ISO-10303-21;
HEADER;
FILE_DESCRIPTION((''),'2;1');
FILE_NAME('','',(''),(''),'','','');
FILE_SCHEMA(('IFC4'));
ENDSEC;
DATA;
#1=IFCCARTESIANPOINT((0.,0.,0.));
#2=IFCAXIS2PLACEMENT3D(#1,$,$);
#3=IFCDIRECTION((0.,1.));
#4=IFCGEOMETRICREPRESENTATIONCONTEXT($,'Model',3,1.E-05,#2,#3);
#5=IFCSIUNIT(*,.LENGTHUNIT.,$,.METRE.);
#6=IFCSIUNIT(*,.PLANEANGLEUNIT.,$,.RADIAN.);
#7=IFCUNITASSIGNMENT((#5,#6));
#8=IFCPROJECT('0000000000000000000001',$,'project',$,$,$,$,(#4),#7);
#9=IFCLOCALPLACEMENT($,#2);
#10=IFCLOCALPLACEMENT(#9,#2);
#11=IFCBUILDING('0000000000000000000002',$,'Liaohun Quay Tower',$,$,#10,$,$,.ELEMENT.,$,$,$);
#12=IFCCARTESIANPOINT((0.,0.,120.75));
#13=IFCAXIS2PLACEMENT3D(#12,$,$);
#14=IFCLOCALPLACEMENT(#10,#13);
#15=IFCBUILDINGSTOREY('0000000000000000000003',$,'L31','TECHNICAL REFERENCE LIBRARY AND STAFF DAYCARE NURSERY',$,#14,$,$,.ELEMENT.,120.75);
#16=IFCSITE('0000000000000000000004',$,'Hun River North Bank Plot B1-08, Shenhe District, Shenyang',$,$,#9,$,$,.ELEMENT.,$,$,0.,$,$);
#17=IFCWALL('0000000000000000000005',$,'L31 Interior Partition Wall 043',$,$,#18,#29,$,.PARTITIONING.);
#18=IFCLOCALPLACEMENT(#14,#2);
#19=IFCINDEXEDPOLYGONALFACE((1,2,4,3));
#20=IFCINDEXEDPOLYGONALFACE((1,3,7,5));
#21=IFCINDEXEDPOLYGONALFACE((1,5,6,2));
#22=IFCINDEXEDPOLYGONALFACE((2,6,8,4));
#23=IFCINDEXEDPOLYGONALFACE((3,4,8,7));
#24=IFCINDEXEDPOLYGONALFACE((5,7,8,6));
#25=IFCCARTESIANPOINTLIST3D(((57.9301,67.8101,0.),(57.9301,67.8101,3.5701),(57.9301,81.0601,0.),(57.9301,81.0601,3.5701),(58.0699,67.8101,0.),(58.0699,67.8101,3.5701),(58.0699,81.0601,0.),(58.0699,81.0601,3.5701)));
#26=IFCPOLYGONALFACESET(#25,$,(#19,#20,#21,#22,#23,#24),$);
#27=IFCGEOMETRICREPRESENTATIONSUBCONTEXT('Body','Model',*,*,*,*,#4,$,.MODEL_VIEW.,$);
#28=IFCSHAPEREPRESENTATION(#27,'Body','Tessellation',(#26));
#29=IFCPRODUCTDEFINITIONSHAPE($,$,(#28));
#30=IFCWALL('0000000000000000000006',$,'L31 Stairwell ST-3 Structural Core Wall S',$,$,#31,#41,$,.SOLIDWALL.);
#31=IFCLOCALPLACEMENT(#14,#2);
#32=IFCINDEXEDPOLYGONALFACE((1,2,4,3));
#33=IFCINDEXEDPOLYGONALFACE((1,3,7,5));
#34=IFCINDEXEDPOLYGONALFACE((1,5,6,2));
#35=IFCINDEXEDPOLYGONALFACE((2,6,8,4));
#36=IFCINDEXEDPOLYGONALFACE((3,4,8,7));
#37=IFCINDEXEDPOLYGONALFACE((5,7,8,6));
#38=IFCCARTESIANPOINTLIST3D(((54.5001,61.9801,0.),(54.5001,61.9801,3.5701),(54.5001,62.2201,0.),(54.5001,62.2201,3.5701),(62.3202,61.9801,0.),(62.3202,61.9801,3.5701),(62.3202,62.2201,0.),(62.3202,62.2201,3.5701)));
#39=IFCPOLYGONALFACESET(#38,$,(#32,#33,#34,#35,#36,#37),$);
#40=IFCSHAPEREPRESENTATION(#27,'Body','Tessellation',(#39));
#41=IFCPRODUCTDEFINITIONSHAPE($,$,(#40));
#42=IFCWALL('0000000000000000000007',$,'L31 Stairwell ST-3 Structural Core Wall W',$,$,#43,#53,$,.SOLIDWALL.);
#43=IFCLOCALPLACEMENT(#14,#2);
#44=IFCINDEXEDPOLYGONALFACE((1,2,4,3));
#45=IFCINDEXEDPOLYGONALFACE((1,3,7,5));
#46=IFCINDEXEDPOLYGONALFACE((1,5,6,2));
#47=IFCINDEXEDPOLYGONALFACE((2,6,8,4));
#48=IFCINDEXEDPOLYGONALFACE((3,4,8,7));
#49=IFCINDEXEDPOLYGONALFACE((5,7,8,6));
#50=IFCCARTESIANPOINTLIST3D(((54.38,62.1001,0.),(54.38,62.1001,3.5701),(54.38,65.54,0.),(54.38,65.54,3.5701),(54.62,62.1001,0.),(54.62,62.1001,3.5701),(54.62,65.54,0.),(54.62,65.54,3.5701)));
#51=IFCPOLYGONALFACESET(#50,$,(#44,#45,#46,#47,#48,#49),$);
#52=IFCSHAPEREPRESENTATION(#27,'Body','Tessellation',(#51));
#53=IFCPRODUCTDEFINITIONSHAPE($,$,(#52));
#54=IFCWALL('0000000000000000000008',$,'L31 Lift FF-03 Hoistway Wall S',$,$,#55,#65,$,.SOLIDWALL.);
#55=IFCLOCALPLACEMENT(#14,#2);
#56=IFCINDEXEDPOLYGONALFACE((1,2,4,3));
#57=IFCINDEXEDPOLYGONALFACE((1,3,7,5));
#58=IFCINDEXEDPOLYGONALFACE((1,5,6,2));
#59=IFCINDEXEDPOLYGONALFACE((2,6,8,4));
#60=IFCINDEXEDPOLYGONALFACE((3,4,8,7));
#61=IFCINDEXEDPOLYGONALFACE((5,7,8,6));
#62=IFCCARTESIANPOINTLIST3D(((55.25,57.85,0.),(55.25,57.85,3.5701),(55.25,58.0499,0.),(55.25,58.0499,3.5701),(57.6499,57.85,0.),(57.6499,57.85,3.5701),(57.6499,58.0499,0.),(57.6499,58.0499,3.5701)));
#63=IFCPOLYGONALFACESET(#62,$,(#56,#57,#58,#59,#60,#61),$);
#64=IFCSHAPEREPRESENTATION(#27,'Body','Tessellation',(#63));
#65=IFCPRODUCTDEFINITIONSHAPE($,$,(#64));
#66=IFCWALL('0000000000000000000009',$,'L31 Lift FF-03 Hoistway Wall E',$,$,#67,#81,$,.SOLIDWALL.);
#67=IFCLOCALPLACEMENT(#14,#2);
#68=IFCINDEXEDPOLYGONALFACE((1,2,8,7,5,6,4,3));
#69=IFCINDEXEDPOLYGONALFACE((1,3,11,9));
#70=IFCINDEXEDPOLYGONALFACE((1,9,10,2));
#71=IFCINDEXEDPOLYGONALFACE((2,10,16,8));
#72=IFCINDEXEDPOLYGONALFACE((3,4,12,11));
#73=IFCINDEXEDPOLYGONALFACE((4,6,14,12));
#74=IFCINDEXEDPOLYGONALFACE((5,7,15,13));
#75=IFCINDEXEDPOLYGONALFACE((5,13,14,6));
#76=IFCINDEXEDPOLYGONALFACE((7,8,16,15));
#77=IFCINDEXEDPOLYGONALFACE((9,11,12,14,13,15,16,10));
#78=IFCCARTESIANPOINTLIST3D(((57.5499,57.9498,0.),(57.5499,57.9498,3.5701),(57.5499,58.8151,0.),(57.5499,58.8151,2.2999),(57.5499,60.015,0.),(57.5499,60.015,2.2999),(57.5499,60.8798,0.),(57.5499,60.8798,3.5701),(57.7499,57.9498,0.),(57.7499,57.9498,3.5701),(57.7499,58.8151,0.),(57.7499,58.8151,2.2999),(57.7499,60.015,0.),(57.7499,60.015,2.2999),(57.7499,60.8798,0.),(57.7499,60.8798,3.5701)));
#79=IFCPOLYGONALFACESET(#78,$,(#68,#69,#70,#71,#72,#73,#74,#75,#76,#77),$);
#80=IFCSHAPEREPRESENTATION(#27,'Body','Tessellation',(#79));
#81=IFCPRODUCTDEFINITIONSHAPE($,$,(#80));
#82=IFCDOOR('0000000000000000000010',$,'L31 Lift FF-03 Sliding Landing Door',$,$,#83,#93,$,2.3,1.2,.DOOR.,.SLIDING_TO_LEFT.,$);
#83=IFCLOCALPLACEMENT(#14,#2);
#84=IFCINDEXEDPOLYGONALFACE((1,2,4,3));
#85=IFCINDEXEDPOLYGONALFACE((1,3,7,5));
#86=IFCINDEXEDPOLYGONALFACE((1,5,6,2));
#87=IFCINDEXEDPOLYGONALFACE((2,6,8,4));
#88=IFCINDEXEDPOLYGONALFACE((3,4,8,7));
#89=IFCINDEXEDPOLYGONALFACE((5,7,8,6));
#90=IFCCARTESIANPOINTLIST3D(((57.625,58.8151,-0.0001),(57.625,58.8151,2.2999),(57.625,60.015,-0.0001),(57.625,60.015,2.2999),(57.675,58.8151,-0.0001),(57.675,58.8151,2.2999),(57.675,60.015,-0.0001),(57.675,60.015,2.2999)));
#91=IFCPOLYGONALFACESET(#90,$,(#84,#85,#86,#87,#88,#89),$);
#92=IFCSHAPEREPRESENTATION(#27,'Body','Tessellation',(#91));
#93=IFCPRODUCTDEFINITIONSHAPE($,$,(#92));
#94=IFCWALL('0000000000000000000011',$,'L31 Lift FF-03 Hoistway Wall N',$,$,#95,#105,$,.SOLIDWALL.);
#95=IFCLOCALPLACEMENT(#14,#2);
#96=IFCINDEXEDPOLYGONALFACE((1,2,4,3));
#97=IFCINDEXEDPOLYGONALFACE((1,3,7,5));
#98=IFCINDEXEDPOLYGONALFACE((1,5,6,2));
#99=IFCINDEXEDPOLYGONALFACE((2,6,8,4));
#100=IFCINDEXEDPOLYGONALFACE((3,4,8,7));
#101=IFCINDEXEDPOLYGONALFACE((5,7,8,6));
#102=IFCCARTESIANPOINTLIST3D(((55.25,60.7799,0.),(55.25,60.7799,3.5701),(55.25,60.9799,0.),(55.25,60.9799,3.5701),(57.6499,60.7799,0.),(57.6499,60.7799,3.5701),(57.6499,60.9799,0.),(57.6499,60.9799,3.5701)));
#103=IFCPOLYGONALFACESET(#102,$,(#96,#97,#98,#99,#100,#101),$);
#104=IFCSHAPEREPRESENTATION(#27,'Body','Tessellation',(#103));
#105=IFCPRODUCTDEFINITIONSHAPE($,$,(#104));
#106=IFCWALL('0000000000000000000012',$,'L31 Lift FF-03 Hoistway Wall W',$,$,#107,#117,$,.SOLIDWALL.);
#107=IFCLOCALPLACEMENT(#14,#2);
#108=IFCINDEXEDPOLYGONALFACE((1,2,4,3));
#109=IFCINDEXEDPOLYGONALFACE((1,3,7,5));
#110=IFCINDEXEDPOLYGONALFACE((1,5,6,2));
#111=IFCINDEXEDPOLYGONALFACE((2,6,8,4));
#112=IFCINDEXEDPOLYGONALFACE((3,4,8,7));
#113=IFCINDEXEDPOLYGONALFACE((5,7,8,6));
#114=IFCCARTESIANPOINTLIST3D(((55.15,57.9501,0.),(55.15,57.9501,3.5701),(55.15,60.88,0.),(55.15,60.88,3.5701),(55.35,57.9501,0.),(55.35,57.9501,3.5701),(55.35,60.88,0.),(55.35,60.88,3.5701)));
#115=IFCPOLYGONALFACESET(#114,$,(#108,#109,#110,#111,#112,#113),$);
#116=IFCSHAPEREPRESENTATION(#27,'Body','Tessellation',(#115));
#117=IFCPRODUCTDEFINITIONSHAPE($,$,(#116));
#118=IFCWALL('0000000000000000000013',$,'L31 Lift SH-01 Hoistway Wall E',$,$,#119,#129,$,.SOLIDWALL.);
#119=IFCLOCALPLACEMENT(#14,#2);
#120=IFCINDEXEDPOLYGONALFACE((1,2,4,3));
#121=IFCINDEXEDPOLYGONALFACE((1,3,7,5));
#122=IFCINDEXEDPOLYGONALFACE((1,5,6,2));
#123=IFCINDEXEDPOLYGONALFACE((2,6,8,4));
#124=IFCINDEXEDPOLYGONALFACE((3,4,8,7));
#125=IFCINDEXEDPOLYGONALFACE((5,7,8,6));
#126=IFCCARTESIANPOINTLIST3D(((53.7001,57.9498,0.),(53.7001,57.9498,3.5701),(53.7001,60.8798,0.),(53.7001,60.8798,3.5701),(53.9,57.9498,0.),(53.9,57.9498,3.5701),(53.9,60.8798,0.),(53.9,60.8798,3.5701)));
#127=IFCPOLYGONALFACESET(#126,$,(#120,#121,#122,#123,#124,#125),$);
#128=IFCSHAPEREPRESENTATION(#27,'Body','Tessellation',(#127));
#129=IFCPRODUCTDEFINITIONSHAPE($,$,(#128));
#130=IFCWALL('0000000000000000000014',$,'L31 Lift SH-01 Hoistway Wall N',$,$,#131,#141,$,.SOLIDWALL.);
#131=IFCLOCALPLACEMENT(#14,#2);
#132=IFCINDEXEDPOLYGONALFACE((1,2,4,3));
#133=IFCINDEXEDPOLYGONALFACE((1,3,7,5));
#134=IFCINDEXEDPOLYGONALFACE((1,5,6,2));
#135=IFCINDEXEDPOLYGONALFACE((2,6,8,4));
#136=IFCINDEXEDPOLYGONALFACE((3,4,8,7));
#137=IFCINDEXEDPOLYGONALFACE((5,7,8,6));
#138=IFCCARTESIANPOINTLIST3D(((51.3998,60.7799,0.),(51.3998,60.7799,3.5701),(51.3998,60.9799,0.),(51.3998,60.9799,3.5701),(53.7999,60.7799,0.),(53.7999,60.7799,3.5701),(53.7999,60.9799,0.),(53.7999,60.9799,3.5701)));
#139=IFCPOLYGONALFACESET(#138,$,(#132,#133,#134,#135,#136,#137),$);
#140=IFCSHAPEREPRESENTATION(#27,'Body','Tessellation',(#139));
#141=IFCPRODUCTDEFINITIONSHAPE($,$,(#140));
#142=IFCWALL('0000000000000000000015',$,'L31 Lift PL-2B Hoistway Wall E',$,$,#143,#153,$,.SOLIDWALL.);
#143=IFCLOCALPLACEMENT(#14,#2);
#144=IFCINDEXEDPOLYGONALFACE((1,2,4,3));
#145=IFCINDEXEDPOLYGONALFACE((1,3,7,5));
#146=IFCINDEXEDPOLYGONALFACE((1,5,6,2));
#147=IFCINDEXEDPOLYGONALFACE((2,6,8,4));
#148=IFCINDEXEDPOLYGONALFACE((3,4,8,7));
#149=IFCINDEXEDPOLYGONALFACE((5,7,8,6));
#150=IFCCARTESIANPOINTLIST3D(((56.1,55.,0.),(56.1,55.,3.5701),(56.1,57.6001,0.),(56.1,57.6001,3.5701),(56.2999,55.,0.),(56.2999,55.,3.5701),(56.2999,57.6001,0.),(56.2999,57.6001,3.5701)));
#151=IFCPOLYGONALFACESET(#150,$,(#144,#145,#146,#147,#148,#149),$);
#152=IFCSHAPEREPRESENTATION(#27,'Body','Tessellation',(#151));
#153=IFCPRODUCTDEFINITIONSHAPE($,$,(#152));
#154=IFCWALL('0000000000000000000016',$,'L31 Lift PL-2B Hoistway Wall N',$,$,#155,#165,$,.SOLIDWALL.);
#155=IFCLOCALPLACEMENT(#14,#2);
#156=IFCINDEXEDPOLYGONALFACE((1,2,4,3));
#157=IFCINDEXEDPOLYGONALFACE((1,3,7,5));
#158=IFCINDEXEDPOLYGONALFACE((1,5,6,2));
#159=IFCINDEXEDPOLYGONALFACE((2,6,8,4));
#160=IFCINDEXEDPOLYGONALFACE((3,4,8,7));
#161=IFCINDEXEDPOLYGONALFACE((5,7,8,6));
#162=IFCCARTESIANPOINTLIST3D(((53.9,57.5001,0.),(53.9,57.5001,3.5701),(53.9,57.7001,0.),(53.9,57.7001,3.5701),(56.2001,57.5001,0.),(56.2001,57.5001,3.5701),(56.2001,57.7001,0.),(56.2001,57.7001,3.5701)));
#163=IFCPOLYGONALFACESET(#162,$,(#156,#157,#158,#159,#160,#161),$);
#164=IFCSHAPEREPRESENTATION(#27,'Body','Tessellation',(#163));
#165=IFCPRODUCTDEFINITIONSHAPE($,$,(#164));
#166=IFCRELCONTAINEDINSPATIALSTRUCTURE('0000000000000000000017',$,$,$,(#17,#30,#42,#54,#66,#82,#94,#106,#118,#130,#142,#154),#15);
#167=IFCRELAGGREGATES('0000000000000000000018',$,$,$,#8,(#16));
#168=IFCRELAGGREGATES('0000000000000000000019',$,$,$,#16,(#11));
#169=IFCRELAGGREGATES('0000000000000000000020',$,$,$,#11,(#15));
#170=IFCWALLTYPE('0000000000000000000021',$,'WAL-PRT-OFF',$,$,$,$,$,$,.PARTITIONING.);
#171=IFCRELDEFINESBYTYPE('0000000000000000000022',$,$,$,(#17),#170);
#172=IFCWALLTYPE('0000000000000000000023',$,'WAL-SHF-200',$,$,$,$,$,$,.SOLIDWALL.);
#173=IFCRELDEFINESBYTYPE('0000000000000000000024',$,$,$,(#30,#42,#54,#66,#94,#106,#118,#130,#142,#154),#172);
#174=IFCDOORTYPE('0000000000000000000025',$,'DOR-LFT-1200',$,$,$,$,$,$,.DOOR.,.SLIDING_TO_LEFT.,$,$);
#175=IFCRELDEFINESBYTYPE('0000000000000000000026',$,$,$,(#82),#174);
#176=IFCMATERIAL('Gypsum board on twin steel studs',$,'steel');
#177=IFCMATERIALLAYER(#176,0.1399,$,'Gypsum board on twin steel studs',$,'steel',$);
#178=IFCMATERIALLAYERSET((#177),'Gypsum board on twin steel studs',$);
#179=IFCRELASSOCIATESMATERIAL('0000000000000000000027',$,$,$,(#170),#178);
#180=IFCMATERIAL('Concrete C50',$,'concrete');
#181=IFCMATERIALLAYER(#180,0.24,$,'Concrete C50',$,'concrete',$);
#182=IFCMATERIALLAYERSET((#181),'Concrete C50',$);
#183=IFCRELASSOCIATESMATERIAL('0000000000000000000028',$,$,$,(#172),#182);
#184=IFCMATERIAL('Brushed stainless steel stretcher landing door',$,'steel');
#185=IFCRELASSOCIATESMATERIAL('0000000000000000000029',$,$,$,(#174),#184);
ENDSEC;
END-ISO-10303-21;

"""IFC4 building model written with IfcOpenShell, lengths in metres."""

from ifc_helpers import new_model, si_unit, direction, frame, frame_2d, origin, place, context, subcontext, project, spatial, rectangle, extrude, source, transform, mapped, material, layer, layer_set, type_object, element, fill, save


model = new_model("IFC4")

# Units and contexts
model_context = context("Model", 3, precision=1e-05, world=origin(), true_north=direction((0.0, 1.0)))
body_context = subcontext(model_context, "Body", "Model", "MODEL_VIEW")
ifc_project = project(units=[si_unit("LENGTHUNIT", "METRE"), si_unit("PLANEANGLEUNIT", "RADIAN")], contexts=[model_context])

# Site, building, storey
site_placement = place(None, origin())
site = spatial("IfcSite", under=ifc_project, at=site_placement, Name="Hun River North Bank Plot B1-08, Shenhe District, Shenyang", CompositionType="ELEMENT", RefElevation=0.0)
building_placement = place(site_placement, origin())
building = spatial("IfcBuilding", under=site, at=building_placement, Name="Liaohun Quay Tower", CompositionType="ELEMENT")
storey_placement = place(building_placement, frame((0.0, 0.0, 120.75)))
storey = spatial("IfcBuildingStorey", under=building, at=storey_placement, Name="L31", Description="TECHNICAL REFERENCE LIBRARY AND STAFF DAYCARE NURSERY", CompositionType="ELEMENT", Elevation=120.75)

# Walls
ifc_material_1 = material(Name="Gypsum board on twin steel studs", Category="steel")
ifc_layer_1 = layer(ifc_material_1, 0.1399, Name="Gypsum board on twin steel studs", Category="steel")
ifc_layer_set_1 = layer_set([ifc_layer_1], Name="Gypsum board on twin steel studs")
wall_type_1 = type_object("IfcWallType", Name="WAL-PRT-OFF", PredefinedType="PARTITIONING", material=ifc_layer_set_1)
wall_1_placement = place(storey_placement, frame((58.0, 67.8101, 0.0), z_axis=(0.0, 0.0, 1.0), x_axis=(0.0, 1.0, 0.0)))
element("IfcWall", 1, at=wall_1_placement, inside=storey, type_object=wall_type_1, Name="L31 Interior Partition Wall 043", PredefinedType="PARTITIONING", context=body_context, shape_type="SweptSolid", body=[
    extrude(rectangle(XDim=13.25, YDim=0.1399, at=frame_2d((6.625, 0.0))), origin(), (0.0, 0.0, 1.0), 3.5701),
])
ifc_material_2 = material(Name="Concrete C50", Category="concrete")
ifc_layer_2 = layer(ifc_material_2, 0.24, Name="Concrete C50", Category="concrete")
ifc_layer_set_2 = layer_set([ifc_layer_2], Name="Concrete C50")
wall_type_2 = type_object("IfcWallType", Name="WAL-SHF-200", PredefinedType="SOLIDWALL", material=ifc_layer_set_2)
wall_2_placement = place(storey_placement, frame((54.5, 62.1001, 0.0), z_axis=(0.0, 0.0, 1.0), x_axis=(1.0, 0.0, 0.0)))
element("IfcWall", 2, at=wall_2_placement, inside=storey, type_object=wall_type_2, Name="L31 Stairwell ST-3 Structural Core Wall S", PredefinedType="SOLIDWALL", context=body_context, shape_type="SweptSolid", body=[
    extrude(rectangle(XDim=7.8201, YDim=0.24, at=frame_2d((3.9102, 0.0))), origin(), (0.0, 0.0, 1.0), 3.5701),
])
wall_3_placement = place(storey_placement, frame((54.5, 65.54, 0.0), z_axis=(0.0, 0.0, 1.0), x_axis=(0.0, -1.0, 0.0)))
element("IfcWall", 3, at=wall_3_placement, inside=storey, type_object=wall_type_2, Name="L31 Stairwell ST-3 Structural Core Wall W", PredefinedType="SOLIDWALL", context=body_context, shape_type="SweptSolid", body=[
    extrude(rectangle(XDim=3.4399, YDim=0.24, at=frame_2d((1.72, 0.0))), origin(), (0.0, 0.0, 1.0), 3.5701),
])
wall_4_placement = place(storey_placement, frame((55.25, 57.95, 0.0), z_axis=(0.0, 0.0, 1.0), x_axis=(1.0, 0.0, 0.0)))
element("IfcWall", 4, at=wall_4_placement, inside=storey, type_object=wall_type_2, Name="L31 Lift FF-03 Hoistway Wall S", PredefinedType="SOLIDWALL", context=body_context, shape_type="SweptSolid", body=[
    extrude(rectangle(XDim=2.3999, YDim=0.2, at=frame_2d((1.2, 0.0))), origin(), (0.0, 0.0, 1.0), 3.5701),
])

# Wall, opening, door
wall_5_placement = place(storey_placement, frame((57.6499, 57.95, 0.0), z_axis=(0.0, 0.0, 1.0), x_axis=(0.0, 1.0, 0.0)))
wall_5 = element("IfcWall", 5, at=wall_5_placement, inside=storey, type_object=wall_type_2, Name="L31 Lift FF-03 Hoistway Wall E", PredefinedType="SOLIDWALL", context=body_context, shape_type="SweptSolid", body=[
    extrude(rectangle(XDim=2.9299, YDim=0.2, at=frame_2d((1.4648, 0.0))), origin(), (0.0, 0.0, 1.0), 3.5701),
])
shared_shape_1 = source(origin(), body_context, "Body", "SweptSolid", [
    extrude(rectangle(XDim=1.2, YDim=2.3, at=frame_2d((0.6001, 1.1499))), frame((0.0, 0.1099, 0.0), z_axis=(0.0, -1.0, 0.0), x_axis=(1.0, 0.0, 0.0)), (0.0, 0.0, 1.0), 0.22),
])
opening_1_placement = place(wall_5_placement, frame((0.865, 0.0, 0.0)))
opening_1 = element("IfcOpeningElement", 6, at=opening_1_placement, cuts=wall_5, PredefinedType="OPENING", context=body_context, shape_type="MappedRepresentation", body=[
    mapped(shared_shape_1, transform((0.0, 0.0, 0.0), x_axis=(1.0, 0.0, 0.0), y_axis=(0.0, 1.0, 0.0), z_axis=(0.0, 0.0, 1.0), scale=1.0)),
])
ifc_material_3 = material(Name="Brushed stainless steel stretcher landing door", Category="steel")
door_type_1 = type_object("IfcDoorType", Name="DOR-LFT-1200", OperationType="SLIDING_TO_LEFT", PredefinedType="DOOR", material=ifc_material_3)
shared_shape_2 = source(origin(), body_context, "Body", "SweptSolid", [
    extrude(rectangle(XDim=1.2, YDim=2.3, at=frame_2d((0.6001, 1.1499))), frame((0.0, 0.0249, 0.0), z_axis=(0.0, -1.0, 0.0), x_axis=(1.0, 0.0, 0.0)), (0.0, 0.0, 1.0), 0.05),
])
door_1_placement = place(opening_1_placement, origin())
door_1 = element("IfcDoor", 7, at=door_1_placement, inside=storey, type_object=door_type_1, Name="L31 Lift FF-03 Sliding Landing Door", OperationType="SLIDING_TO_LEFT", OverallHeight=2.3, OverallWidth=1.2, PredefinedType="DOOR", context=body_context, shape_type="MappedRepresentation", body=[
    mapped(shared_shape_2, transform((0.0, 0.0, 0.0), x_axis=(1.0, 0.0, 0.0), y_axis=(0.0, 1.0, 0.0), z_axis=(0.0, 0.0, 1.0), scale=1.0)),
])
fill(opening_1, door_1)

# Walls
wall_6_placement = place(storey_placement, frame((57.6499, 60.8799, 0.0), z_axis=(0.0, 0.0, 1.0), x_axis=(-1.0, 0.0, 0.0)))
element("IfcWall", 8, at=wall_6_placement, inside=storey, type_object=wall_type_2, Name="L31 Lift FF-03 Hoistway Wall N", PredefinedType="SOLIDWALL", context=body_context, shape_type="SweptSolid", body=[
    extrude(rectangle(XDim=2.3999, YDim=0.2, at=frame_2d((1.2, 0.0))), origin(), (0.0, 0.0, 1.0), 3.5701),
])
for number, where, z_axis, x_axis, name in (
    (9, (55.25, 60.8799, 0.0), (0.0, 0.0, 1.0), (0.0, -1.0, 0.0), "L31 Lift FF-03 Hoistway Wall W"),
    (10, (53.8, 57.95, 0.0), (0.0, 0.0, 1.0), (0.0, 1.0, 0.0), "L31 Lift SH-01 Hoistway Wall E"),
):
    element("IfcWall", number, at=place(storey_placement, frame(where, z_axis=z_axis, x_axis=x_axis)), inside=storey, type_object=wall_type_2, Name=name, PredefinedType="SOLIDWALL", context=body_context, shape_type="SweptSolid", body=[
        extrude(rectangle(XDim=2.9299, YDim=0.2, at=frame_2d((1.4648, 0.0))), origin(), (0.0, 0.0, 1.0), 3.5701),
    ])
wall_7_placement = place(storey_placement, frame((53.8, 60.8799, 0.0), z_axis=(0.0, 0.0, 1.0), x_axis=(-1.0, 0.0, 0.0)))
element("IfcWall", 11, at=wall_7_placement, inside=storey, type_object=wall_type_2, Name="L31 Lift SH-01 Hoistway Wall N", PredefinedType="SOLIDWALL", context=body_context, shape_type="SweptSolid", body=[
    extrude(rectangle(XDim=2.4001, YDim=0.2, at=frame_2d((1.2002, 0.0))), origin(), (0.0, 0.0, 1.0), 3.5701),
])
wall_8_placement = place(storey_placement, frame((56.2, 55.0, 0.0), z_axis=(0.0, 0.0, 1.0), x_axis=(0.0, 1.0, 0.0)))
element("IfcWall", 12, at=wall_8_placement, inside=storey, type_object=wall_type_2, Name="L31 Lift PL-2B Hoistway Wall E", PredefinedType="SOLIDWALL", context=body_context, shape_type="SweptSolid", body=[
    extrude(rectangle(XDim=2.6001, YDim=0.2, at=frame_2d((1.3, 0.0))), origin(), (0.0, 0.0, 1.0), 3.5701),
])
wall_9_placement = place(storey_placement, frame((56.2, 57.6001, 0.0), z_axis=(0.0, 0.0, 1.0), x_axis=(-1.0, 0.0, 0.0)))
element("IfcWall", 13, at=wall_9_placement, inside=storey, type_object=wall_type_2, Name="L31 Lift PL-2B Hoistway Wall N", PredefinedType="SOLIDWALL", context=body_context, shape_type="SweptSolid", body=[
    extrude(rectangle(XDim=2.3, YDim=0.2, at=frame_2d((1.1499, 0.0))), origin(), (0.0, 0.0, 1.0), 3.5701),
])

save(model, "model.ifc")
